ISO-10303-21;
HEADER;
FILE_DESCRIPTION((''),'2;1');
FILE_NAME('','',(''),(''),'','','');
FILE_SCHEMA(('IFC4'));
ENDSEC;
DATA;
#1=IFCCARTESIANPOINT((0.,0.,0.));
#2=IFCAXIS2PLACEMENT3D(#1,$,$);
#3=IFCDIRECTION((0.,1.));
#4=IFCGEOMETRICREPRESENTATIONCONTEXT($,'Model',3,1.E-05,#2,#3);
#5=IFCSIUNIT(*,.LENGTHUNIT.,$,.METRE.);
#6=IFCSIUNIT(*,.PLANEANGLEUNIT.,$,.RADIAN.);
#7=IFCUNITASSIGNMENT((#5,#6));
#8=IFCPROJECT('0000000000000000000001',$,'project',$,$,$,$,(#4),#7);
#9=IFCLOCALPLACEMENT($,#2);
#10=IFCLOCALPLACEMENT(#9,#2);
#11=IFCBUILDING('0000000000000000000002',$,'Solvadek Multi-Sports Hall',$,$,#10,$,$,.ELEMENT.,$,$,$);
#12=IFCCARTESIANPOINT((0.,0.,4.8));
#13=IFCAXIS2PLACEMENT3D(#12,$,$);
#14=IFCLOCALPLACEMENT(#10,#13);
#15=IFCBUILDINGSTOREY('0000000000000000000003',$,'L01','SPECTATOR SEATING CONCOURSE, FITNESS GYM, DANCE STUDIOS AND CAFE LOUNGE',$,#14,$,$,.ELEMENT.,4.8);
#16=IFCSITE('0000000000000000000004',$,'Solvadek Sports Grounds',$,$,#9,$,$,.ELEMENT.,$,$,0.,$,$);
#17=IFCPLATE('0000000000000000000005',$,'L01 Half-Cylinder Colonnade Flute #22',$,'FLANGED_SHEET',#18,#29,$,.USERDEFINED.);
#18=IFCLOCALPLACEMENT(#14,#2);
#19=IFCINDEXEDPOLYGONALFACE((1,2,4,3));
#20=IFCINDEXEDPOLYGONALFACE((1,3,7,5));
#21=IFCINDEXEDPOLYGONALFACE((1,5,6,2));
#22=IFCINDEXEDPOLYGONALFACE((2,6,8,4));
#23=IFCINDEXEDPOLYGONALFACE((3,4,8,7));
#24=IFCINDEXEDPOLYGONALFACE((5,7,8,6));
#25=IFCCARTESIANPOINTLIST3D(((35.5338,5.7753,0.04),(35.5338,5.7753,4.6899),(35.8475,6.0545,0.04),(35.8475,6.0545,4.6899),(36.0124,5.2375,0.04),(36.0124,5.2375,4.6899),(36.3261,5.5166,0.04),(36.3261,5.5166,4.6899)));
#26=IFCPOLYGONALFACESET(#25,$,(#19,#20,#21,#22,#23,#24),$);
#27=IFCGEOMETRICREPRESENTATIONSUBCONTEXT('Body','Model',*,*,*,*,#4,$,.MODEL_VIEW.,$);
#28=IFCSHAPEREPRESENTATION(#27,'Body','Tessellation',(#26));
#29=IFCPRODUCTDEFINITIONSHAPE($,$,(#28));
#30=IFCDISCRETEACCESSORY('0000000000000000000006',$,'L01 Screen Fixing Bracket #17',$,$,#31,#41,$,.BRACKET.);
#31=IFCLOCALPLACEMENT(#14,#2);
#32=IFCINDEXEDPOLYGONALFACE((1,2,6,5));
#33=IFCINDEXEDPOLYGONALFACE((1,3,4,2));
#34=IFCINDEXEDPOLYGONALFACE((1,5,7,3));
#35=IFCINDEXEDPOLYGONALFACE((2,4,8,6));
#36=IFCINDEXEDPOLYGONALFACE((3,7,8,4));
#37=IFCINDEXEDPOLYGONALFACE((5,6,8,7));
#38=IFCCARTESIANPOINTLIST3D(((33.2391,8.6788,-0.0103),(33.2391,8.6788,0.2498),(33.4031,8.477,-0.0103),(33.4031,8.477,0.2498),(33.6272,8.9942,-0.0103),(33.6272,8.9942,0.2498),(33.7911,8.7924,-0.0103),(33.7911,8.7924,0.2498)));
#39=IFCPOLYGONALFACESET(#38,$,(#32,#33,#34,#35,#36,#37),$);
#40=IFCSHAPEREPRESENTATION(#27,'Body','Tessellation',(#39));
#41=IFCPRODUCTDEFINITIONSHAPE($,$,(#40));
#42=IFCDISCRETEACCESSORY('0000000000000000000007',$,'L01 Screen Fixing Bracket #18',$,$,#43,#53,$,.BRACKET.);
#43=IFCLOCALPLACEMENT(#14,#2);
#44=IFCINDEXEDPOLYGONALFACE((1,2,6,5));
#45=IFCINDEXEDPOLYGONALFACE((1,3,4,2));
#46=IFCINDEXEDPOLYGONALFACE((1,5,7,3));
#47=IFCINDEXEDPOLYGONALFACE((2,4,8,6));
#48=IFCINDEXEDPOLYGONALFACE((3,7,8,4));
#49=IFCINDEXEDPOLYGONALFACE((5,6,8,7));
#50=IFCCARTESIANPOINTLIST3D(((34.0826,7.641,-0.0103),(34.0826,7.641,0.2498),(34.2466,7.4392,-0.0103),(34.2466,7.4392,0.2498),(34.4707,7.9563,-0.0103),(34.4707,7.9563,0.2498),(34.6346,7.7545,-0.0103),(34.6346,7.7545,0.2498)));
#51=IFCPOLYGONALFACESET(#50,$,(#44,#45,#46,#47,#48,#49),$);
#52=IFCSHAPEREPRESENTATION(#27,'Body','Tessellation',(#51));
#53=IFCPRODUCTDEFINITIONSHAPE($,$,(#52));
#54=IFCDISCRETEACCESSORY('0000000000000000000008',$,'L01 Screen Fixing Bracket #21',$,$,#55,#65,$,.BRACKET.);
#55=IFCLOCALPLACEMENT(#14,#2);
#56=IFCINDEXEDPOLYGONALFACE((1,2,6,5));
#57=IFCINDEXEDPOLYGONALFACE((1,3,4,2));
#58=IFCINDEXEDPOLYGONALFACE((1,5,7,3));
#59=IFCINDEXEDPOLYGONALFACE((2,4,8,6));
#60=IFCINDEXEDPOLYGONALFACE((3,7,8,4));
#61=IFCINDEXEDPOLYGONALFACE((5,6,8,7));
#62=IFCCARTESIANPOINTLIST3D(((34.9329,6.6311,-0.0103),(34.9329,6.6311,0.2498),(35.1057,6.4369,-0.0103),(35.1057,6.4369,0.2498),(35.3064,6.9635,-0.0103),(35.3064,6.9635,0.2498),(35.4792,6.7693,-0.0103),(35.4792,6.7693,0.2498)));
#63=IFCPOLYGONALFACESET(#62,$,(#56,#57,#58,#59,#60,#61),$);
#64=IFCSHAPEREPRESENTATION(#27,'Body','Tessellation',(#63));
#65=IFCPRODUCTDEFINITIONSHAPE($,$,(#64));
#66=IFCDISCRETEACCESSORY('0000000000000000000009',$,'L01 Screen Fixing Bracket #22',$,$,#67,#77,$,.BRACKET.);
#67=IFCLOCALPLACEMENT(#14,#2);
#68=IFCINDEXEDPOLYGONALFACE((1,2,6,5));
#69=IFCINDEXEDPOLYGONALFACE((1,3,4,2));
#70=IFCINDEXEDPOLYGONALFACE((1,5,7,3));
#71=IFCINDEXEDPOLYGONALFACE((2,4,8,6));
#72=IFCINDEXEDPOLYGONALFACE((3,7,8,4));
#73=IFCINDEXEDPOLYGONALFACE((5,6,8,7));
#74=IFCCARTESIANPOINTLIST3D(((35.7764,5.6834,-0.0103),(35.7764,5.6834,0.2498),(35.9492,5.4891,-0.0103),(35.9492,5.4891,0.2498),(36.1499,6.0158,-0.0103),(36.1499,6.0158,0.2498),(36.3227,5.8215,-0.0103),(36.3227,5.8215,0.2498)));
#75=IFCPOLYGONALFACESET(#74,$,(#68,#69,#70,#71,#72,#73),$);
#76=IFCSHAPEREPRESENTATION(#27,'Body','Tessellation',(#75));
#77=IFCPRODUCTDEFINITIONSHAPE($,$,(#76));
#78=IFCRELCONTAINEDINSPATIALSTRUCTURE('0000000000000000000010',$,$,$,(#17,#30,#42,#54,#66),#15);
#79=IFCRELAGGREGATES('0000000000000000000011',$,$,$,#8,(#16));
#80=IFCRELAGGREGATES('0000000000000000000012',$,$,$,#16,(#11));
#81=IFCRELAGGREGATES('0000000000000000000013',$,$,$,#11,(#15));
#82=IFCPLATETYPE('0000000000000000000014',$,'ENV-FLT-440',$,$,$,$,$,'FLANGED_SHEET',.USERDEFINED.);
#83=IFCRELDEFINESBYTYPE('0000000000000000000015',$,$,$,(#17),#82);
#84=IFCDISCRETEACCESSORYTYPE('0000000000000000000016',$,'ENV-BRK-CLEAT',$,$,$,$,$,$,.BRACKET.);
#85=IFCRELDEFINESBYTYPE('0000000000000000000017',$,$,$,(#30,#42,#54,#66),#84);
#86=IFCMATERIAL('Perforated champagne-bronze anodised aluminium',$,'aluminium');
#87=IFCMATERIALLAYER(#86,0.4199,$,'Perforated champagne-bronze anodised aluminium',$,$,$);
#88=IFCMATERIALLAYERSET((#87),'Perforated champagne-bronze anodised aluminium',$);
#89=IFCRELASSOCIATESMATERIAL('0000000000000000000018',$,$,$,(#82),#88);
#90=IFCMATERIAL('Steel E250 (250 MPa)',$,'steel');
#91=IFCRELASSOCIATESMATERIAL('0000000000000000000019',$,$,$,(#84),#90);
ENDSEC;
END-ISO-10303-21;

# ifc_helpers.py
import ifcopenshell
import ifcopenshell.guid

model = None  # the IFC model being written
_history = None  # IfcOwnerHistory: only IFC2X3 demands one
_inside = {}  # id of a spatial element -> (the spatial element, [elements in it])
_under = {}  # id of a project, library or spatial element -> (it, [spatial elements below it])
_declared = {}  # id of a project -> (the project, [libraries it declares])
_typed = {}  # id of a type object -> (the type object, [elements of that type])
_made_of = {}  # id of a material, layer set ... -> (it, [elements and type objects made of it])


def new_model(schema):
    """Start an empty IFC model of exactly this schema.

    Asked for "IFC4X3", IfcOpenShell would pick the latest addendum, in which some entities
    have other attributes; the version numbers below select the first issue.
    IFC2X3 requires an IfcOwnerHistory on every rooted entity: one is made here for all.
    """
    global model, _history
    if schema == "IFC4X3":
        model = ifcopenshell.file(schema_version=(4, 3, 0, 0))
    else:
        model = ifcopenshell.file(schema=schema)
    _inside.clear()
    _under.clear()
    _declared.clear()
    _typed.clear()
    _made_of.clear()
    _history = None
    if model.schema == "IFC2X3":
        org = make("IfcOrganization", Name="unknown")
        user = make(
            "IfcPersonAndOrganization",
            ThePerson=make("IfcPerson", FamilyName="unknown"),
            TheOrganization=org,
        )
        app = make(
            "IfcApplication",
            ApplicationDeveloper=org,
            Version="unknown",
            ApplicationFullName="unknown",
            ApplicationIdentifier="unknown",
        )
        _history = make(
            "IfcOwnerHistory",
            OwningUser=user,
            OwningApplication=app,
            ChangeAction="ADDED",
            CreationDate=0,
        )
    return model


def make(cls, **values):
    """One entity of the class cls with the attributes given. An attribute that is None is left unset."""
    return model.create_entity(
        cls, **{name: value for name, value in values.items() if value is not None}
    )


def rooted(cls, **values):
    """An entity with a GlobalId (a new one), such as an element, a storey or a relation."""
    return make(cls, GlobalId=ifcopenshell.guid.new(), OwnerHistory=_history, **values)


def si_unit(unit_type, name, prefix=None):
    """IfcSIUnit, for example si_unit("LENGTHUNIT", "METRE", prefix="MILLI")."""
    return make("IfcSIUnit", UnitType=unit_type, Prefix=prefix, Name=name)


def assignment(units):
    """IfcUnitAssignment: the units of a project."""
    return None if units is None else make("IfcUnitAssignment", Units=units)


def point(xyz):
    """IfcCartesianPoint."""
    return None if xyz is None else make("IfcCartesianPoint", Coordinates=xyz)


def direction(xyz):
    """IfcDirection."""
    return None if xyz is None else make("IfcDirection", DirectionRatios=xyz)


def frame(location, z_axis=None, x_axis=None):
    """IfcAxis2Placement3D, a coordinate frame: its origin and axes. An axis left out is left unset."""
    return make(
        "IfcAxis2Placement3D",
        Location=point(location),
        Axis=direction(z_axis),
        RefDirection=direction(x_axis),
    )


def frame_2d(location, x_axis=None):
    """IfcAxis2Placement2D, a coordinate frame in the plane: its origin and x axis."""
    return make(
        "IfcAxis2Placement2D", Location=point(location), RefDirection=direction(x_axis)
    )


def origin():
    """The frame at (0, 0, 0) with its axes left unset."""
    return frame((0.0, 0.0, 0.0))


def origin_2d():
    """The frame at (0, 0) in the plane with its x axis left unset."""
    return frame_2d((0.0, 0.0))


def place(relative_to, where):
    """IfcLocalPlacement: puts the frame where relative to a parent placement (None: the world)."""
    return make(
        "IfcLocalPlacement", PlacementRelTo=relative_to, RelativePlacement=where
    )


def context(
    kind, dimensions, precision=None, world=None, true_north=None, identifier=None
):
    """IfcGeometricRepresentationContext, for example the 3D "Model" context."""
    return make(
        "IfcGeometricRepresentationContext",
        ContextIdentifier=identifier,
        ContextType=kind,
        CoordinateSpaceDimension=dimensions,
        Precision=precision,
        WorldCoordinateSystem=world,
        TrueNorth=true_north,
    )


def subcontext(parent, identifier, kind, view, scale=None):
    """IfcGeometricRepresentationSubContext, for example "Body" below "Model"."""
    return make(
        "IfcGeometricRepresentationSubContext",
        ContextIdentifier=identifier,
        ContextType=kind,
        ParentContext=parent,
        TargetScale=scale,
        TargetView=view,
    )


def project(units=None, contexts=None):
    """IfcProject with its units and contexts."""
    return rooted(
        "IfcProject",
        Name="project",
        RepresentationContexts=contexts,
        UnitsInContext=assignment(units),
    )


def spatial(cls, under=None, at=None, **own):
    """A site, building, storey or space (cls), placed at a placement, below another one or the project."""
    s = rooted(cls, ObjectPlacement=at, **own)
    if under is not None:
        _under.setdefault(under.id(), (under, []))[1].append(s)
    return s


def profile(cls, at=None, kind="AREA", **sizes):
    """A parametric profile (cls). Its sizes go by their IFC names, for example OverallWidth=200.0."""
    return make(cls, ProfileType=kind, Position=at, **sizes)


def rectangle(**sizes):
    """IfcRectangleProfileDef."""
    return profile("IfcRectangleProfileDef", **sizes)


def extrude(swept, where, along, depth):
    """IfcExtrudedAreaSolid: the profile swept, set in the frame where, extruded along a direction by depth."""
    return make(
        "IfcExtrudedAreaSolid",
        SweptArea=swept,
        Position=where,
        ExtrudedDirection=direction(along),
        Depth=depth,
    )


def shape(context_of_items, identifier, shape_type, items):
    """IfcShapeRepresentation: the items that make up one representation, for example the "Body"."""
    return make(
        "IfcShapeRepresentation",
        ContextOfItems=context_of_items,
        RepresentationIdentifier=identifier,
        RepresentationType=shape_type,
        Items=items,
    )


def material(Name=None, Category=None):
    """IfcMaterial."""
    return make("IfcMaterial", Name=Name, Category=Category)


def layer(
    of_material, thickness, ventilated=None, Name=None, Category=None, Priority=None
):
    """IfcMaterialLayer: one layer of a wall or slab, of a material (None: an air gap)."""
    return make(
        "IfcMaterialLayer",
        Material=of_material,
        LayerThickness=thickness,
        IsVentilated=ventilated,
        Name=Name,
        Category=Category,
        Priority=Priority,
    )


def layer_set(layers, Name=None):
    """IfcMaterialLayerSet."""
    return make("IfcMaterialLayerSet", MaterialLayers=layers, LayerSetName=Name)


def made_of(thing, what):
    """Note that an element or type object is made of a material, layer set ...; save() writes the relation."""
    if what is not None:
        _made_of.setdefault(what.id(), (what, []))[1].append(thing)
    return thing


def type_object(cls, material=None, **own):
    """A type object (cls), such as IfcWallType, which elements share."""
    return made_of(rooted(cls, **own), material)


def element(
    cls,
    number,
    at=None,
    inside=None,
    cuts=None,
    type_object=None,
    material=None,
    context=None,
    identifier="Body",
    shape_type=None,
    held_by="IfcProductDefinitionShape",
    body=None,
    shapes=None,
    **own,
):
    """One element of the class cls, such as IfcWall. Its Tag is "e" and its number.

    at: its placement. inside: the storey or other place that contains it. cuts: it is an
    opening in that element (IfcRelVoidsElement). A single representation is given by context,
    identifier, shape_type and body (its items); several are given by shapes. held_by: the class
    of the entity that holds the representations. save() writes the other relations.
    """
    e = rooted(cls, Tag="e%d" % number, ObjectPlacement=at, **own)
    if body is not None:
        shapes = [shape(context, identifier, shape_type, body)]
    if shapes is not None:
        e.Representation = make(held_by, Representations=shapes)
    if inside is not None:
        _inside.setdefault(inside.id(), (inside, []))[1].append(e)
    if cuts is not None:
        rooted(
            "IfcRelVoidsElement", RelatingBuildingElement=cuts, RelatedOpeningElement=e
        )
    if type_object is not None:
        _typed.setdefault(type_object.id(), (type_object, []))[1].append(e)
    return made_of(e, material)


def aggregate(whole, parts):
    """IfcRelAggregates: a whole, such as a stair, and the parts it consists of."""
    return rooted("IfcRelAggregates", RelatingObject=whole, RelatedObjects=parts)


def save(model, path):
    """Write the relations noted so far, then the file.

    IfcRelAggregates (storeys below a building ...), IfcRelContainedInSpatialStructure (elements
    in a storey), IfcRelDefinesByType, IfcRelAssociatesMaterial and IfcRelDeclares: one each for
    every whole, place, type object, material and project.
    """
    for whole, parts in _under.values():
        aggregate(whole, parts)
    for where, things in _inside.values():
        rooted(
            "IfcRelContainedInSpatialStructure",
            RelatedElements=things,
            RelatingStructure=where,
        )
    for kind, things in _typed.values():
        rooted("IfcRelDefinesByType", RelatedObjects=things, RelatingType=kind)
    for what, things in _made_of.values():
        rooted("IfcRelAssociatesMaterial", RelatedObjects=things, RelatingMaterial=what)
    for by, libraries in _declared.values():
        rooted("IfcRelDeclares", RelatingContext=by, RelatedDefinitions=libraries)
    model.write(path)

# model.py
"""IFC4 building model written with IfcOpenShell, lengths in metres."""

from ifc_helpers import new_model, si_unit, direction, frame, origin, origin_2d, place, context, subcontext, project, spatial, rectangle, extrude, material, layer, layer_set, type_object, element, save


model = new_model("IFC4")

# Units and contexts
model_context = context("Model", 3, precision=1e-05, world=origin(), true_north=direction((0.0, 1.0)))
body_context = subcontext(model_context, "Body", "Model", "MODEL_VIEW")
ifc_project = project(units=[si_unit("LENGTHUNIT", "METRE"), si_unit("PLANEANGLEUNIT", "RADIAN")], contexts=[model_context])

# Site, building, storey
site_placement = place(None, origin())
site = spatial("IfcSite", under=ifc_project, at=site_placement, Name="Solvadek Sports Grounds", CompositionType="ELEMENT", RefElevation=0.0)
building_placement = place(site_placement, origin())
building = spatial("IfcBuilding", under=site, at=building_placement, Name="Solvadek Multi-Sports Hall", CompositionType="ELEMENT")
storey_placement = place(building_placement, frame((0.0, 0.0, 4.8)))
storey = spatial("IfcBuildingStorey", under=building, at=storey_placement, Name="L01", Description="SPECTATOR SEATING CONCOURSE, FITNESS GYM, DANCE STUDIOS AND CAFE LOUNGE", CompositionType="ELEMENT", Elevation=4.8)

# Plate
ifc_material_1 = material(Name="Perforated champagne-bronze anodised aluminium", Category="aluminium")
ifc_layer_1 = layer(ifc_material_1, 0.4199, Name="Perforated champagne-bronze anodised aluminium")
ifc_layer_set_1 = layer_set([ifc_layer_1], Name="Perforated champagne-bronze anodised aluminium")
plate_type_1 = type_object("IfcPlateType", Name="ENV-FLT-440", ElementType="FLANGED_SHEET", PredefinedType="USERDEFINED", material=ifc_layer_set_1)
for number, where, z_axis, x_axis, name in (
    (1, (35.9299, 5.646, 0.04), (0.0, 0.0, 1.0), (0.664767, -0.74705, 0.0), "L01 Half-Cylinder Colonnade Flute #22"),
):
    element("IfcPlate", number, at=place(storey_placement, frame(where, z_axis=z_axis, x_axis=x_axis)), inside=storey, type_object=plate_type_1, Name=name, ObjectType="FLANGED_SHEET", PredefinedType="USERDEFINED", context=body_context, shape_type="SweptSolid", body=[
        extrude(rectangle(XDim=0.72, YDim=0.4199, at=origin_2d()), origin(), (0.0, 0.0, 1.0), 4.6499),
    ])

# Discrete accessories
ifc_material_2 = material(Name="Steel E250 (250 MPa)", Category="steel")
discrete_accessory_type = type_object("IfcDiscreteAccessoryType", Name="ENV-BRK-CLEAT", PredefinedType="BRACKET", material=ifc_material_2)
for number, where, z_axis, x_axis, name in (
    (2, (33.5151, 8.7356, -0.0103), (0.0, 0.0, 1.0), (0.630677, -0.776045, 0.0), "L01 Screen Fixing Bracket #17"),
    (3, (34.3586, 7.6978, -0.0103), (0.0, 0.0, 1.0), (0.630677, -0.776045, 0.0), "L01 Screen Fixing Bracket #18"),
    (4, (35.2061, 6.7002, -0.0103), (0.0, 0.0, 1.0), (0.664767, -0.74705, 0.0), "L01 Screen Fixing Bracket #21"),
    (5, (36.0496, 5.7524, -0.0103), (0.0, 0.0, 1.0), (0.664767, -0.74705, 0.0), "L01 Screen Fixing Bracket #22"),
):
    element("IfcDiscreteAccessory", number, at=place(storey_placement, frame(where, z_axis=z_axis, x_axis=x_axis)), inside=storey, type_object=discrete_accessory_type, Name=name, PredefinedType="BRACKET", context=body_context, shape_type="SweptSolid", body=[
        extrude(rectangle(XDim=0.26, YDim=0.5, at=origin_2d()), origin(), (0.0, 0.0, 1.0), 0.26),
    ])

save(model, "model.ifc")
